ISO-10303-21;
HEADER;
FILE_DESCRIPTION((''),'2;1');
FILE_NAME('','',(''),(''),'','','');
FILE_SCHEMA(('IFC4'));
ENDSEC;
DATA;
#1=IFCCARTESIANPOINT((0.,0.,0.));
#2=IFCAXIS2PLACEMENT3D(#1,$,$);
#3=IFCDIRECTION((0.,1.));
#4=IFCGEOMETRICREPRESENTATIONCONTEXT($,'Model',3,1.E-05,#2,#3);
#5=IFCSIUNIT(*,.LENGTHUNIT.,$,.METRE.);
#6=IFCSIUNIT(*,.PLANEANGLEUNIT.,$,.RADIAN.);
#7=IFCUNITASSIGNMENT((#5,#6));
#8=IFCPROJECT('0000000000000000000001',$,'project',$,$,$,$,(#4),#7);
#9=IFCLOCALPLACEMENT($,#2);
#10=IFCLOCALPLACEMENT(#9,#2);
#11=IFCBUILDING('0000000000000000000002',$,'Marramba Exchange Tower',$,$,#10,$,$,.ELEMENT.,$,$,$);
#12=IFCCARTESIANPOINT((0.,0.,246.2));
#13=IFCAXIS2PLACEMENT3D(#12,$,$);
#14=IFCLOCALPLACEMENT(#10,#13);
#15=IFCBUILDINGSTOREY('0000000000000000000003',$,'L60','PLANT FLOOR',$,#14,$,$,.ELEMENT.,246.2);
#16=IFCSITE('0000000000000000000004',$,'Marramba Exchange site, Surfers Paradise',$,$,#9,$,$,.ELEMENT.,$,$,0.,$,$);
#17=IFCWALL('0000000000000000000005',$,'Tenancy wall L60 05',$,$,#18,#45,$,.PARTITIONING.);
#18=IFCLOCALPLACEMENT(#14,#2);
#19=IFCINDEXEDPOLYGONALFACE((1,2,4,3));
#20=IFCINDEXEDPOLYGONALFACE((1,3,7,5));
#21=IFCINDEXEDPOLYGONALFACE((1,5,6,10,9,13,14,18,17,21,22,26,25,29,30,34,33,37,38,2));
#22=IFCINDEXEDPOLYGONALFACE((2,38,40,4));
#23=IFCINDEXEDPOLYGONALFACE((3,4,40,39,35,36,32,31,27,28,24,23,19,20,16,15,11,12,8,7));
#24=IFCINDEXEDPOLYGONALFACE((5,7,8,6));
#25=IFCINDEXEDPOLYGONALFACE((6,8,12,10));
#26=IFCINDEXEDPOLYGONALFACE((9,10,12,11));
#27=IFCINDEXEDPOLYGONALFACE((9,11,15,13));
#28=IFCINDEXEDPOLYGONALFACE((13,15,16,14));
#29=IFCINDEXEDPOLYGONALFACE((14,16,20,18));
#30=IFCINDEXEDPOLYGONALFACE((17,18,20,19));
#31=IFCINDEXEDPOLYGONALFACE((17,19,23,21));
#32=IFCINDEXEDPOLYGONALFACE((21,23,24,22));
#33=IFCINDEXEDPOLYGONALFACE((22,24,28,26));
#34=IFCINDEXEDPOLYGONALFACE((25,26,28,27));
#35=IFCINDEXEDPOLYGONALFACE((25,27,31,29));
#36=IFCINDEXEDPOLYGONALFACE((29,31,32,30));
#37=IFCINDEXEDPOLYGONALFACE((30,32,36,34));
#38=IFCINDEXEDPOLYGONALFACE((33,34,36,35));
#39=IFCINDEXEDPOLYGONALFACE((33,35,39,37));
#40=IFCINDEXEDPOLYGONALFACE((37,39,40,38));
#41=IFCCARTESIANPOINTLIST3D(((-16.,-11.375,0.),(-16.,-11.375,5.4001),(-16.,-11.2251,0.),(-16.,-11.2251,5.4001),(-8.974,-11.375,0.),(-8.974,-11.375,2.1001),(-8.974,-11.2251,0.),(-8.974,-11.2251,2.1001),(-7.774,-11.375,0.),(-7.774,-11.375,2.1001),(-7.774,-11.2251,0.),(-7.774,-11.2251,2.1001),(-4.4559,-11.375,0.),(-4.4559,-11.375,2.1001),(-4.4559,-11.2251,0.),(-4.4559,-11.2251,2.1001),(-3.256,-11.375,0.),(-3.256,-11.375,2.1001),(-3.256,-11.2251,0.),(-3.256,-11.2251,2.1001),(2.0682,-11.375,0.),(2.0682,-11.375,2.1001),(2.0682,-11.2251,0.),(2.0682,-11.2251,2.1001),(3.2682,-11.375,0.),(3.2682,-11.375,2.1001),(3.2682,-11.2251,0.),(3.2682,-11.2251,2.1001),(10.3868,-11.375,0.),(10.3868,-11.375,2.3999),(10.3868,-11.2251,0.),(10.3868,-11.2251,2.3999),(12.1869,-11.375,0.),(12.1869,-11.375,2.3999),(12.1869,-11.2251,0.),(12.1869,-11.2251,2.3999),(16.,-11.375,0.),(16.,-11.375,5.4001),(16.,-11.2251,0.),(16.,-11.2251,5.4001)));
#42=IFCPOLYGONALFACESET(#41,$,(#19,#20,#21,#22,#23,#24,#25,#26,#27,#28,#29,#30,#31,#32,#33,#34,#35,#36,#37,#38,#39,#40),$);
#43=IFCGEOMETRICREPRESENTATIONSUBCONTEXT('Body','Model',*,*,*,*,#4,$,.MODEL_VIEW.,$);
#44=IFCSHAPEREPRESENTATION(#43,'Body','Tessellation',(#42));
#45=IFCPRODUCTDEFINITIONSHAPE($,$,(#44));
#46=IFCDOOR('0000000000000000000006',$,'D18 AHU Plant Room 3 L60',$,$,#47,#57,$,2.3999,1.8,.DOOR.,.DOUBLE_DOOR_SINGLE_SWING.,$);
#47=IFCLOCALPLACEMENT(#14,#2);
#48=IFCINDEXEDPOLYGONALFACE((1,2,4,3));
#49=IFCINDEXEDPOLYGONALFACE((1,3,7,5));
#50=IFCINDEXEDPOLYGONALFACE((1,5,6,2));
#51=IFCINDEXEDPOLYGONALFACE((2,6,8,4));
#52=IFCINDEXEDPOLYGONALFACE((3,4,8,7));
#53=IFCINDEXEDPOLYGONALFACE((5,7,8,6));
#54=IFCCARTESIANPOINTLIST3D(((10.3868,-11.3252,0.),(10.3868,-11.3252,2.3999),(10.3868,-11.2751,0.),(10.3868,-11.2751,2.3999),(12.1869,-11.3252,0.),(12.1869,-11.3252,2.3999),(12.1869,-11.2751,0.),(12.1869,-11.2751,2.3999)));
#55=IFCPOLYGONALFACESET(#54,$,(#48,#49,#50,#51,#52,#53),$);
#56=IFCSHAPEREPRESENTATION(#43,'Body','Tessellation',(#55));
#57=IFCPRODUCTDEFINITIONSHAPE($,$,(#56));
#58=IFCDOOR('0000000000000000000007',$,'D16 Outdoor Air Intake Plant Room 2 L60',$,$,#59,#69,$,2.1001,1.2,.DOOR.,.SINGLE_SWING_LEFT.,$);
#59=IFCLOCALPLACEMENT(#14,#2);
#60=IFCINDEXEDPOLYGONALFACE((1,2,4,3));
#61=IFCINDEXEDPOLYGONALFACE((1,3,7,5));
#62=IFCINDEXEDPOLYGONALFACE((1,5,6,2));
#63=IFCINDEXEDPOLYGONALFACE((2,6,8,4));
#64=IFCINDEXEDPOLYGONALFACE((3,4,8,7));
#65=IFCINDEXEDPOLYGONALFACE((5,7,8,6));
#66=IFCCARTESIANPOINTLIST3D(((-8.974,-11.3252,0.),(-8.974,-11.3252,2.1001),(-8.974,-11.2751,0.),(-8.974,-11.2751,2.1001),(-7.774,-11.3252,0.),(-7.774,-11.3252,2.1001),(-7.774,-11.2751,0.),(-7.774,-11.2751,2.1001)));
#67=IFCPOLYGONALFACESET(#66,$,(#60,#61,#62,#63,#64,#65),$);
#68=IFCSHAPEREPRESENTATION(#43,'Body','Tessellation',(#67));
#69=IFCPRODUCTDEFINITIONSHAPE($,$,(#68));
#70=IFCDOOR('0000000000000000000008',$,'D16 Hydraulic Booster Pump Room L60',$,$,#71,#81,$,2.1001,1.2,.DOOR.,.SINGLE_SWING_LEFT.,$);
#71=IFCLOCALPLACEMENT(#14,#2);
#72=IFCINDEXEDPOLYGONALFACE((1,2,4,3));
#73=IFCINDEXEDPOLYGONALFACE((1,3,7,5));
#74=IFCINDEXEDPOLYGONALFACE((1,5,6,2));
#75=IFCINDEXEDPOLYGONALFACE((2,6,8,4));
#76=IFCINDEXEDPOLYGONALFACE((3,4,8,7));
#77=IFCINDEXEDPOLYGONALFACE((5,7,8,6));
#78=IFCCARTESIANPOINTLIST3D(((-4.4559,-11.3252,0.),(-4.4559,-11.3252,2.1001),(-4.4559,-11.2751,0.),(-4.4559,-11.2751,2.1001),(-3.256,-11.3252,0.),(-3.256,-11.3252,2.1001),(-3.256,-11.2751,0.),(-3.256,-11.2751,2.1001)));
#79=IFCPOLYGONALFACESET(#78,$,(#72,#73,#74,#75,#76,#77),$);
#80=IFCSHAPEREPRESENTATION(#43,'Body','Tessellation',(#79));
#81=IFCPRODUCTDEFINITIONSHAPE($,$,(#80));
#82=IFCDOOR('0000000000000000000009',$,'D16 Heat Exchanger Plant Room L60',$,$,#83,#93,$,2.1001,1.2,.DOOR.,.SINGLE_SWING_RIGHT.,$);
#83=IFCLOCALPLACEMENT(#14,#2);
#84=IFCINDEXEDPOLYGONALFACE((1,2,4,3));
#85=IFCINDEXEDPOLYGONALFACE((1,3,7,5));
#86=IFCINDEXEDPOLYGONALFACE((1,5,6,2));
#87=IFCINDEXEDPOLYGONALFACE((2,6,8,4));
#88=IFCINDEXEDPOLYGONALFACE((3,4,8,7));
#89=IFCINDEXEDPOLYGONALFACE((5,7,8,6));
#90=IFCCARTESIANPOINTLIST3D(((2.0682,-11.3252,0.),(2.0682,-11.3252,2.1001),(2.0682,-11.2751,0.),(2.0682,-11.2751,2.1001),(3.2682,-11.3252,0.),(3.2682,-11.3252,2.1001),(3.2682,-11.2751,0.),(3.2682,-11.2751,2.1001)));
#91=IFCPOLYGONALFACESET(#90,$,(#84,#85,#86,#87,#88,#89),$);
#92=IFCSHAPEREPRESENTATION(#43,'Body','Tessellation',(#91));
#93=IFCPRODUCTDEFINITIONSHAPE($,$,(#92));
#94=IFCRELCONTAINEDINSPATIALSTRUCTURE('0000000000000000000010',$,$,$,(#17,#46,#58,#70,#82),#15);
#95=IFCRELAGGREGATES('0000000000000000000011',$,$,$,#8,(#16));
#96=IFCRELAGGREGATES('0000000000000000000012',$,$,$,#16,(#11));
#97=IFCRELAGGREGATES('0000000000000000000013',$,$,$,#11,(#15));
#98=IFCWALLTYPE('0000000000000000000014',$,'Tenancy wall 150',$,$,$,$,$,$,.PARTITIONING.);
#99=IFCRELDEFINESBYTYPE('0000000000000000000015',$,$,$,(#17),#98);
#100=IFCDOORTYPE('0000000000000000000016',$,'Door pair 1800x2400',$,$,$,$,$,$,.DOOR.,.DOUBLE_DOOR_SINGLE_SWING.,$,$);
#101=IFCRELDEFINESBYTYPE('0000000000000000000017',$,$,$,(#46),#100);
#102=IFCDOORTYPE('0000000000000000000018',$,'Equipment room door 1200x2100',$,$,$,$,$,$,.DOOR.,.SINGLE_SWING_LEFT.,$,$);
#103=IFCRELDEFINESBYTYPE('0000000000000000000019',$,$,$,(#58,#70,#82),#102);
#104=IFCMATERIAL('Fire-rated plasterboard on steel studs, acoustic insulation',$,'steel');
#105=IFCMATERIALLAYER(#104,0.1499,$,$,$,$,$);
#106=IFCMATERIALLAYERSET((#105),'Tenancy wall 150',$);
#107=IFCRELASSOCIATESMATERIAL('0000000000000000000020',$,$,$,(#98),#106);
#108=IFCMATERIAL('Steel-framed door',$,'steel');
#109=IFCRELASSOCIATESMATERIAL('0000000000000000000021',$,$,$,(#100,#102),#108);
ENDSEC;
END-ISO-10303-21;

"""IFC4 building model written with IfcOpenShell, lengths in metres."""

from ifc_helpers import new_model, si_unit, direction, frame, frame_2d, origin, place, context, subcontext, project, spatial, rectangle, extrude, material, layer, layer_set, type_object, element, fill, save


model = new_model("IFC4")

# Units and contexts
model_context = context("Model", 3, precision=1e-05, world=origin(), true_north=direction((0.0, 1.0)))
body_context = subcontext(model_context, "Body", "Model", "MODEL_VIEW")
ifc_project = project(units=[si_unit("LENGTHUNIT", "METRE"), si_unit("PLANEANGLEUNIT", "RADIAN")], contexts=[model_context])

# Site, building, storey
site_placement = place(None, origin())
site = spatial("IfcSite", under=ifc_project, at=site_placement, Name="Marramba Exchange site, Surfers Paradise", CompositionType="ELEMENT", RefElevation=0.0)
building_placement = place(site_placement, origin())
building = spatial("IfcBuilding", under=site, at=building_placement, Name="Marramba Exchange Tower", CompositionType="ELEMENT")
storey_placement = place(building_placement, frame((0.0, 0.0, 246.2)))
storey = spatial("IfcBuildingStorey", under=building, at=storey_placement, Name="L60", Description="PLANT FLOOR", CompositionType="ELEMENT", Elevation=246.2)

# Wall, openings, doors
ifc_material_1 = material(Name="Steel-framed door", Category="steel")
ifc_material_2 = material(Name="Fire-rated plasterboard on steel studs, acoustic insulation", Category="steel")
ifc_layer_1 = layer(ifc_material_2, 0.1499)
ifc_layer_set_1 = layer_set([ifc_layer_1], Name="Tenancy wall 150")
wall_type_1 = type_object("IfcWallType", Name="Tenancy wall 150", PredefinedType="PARTITIONING", material=ifc_layer_set_1)
wall_1_placement = place(storey_placement, frame((-16.0, -11.3, 0.0), z_axis=(0.0, 0.0, 1.0), x_axis=(1.0, 0.0, 0.0)))
wall_1 = element("IfcWall", 1, at=wall_1_placement, inside=storey, type_object=wall_type_1, Name="Tenancy wall L60 05", PredefinedType="PARTITIONING", context=body_context, shape_type="SweptSolid", body=[
    extrude(rectangle(XDim=32.0, YDim=0.1499, at=frame_2d((16.0, 0.0))), origin(), (0.0, 0.0, 1.0), 5.4001),
])
opening_1_placement = place(wall_1_placement, frame((7.0259, 0.0, 0.0)))
opening_1 = element("IfcOpeningElement", 2, at=opening_1_placement, cuts=wall_1, PredefinedType="OPENING", context=body_context, shape_type="SweptSolid", body=[
    extrude(rectangle(XDim=1.2, YDim=2.1001, at=frame_2d((0.6001, 1.05))), frame((0.0, 0.085, 0.0), z_axis=(0.0, -1.0, 0.0), x_axis=(1.0, 0.0, 0.0)), (0.0, 0.0, 1.0), 0.1699),
])
opening_2_placement = place(wall_1_placement, frame((11.5439, 0.0, 0.0)))
opening_2 = element("IfcOpeningElement", 3, at=opening_2_placement, cuts=wall_1, PredefinedType="OPENING", context=body_context, shape_type="SweptSolid", body=[
    extrude(rectangle(XDim=1.2, YDim=2.1001, at=frame_2d((0.6001, 1.05))), frame((0.0, 0.085, 0.0), z_axis=(0.0, -1.0, 0.0), x_axis=(1.0, 0.0, 0.0)), (0.0, 0.0, 1.0), 0.1699),
])
opening_3_placement = place(wall_1_placement, frame((18.0681, 0.0, 0.0)))
opening_3 = element("IfcOpeningElement", 4, at=opening_3_placement, cuts=wall_1, PredefinedType="OPENING", context=body_context, shape_type="SweptSolid", body=[
    extrude(rectangle(XDim=1.2, YDim=2.1001, at=frame_2d((0.6001, 1.05))), frame((0.0, 0.085, 0.0), z_axis=(0.0, -1.0, 0.0), x_axis=(1.0, 0.0, 0.0)), (0.0, 0.0, 1.0), 0.1699),
])
opening_4_placement = place(wall_1_placement, frame((26.387, 0.0, 0.0)))
opening_4 = element("IfcOpeningElement", 5, at=opening_4_placement, cuts=wall_1, PredefinedType="OPENING", context=body_context, shape_type="SweptSolid", body=[
    extrude(rectangle(XDim=1.8, YDim=2.3999, at=frame_2d((0.8999, 1.2))), frame((0.0, 0.085, 0.0), z_axis=(0.0, -1.0, 0.0), x_axis=(1.0, 0.0, 0.0)), (0.0, 0.0, 1.0), 0.1699),
])
door_type_1 = type_object("IfcDoorType", Name="Door pair 1800x2400", OperationType="DOUBLE_DOOR_SINGLE_SWING", PredefinedType="DOOR", material=ifc_material_1)
door_1_placement = place(opening_4_placement, origin())
door_1 = element("IfcDoor", 6, at=door_1_placement, inside=storey, type_object=door_type_1, Name="D18 AHU Plant Room 3 L60", OperationType="DOUBLE_DOOR_SINGLE_SWING", OverallHeight=2.3999, OverallWidth=1.8, PredefinedType="DOOR", context=body_context, shape_type="SweptSolid", body=[
    extrude(rectangle(XDim=1.8, YDim=2.3999, at=frame_2d((0.8999, 1.2))), frame((0.0, 0.0249, 0.0), z_axis=(0.0, -1.0, 0.0), x_axis=(1.0, 0.0, 0.0)), (0.0, 0.0, 1.0), 0.05),
])
fill(opening_4, door_1)
door_type_2 = type_object("IfcDoorType", Name="Equipment room door 1200x2100", OperationType="SINGLE_SWING_LEFT", PredefinedType="DOOR", material=ifc_material_1)
door_2_placement = place(opening_1_placement, frame((1.2, 0.0, 0.0), z_axis=(0.0, 0.0, 1.0), x_axis=(-1.0, 0.0, 0.0)))
door_2 = element("IfcDoor", 7, at=door_2_placement, inside=storey, type_object=door_type_2, Name="D16 Outdoor Air Intake Plant Room 2 L60", OperationType="SINGLE_SWING_LEFT", OverallHeight=2.1001, OverallWidth=1.2, PredefinedType="DOOR", context=body_context, shape_type="SweptSolid", body=[
    extrude(rectangle(XDim=1.2, YDim=2.1001, at=frame_2d((0.5999, 1.05))), frame((0.0, 0.0251, 0.0), z_axis=(0.0, -1.0, 0.0), x_axis=(1.0, 0.0, 0.0)), (0.0, 0.0, 1.0), 0.05),
])
fill(opening_1, door_2)
door_3_placement = place(opening_2_placement, origin())
door_3 = element("IfcDoor", 8, at=door_3_placement, inside=storey, type_object=door_type_2, Name="D16 Hydraulic Booster Pump Room L60", OperationType="SINGLE_SWING_LEFT", OverallHeight=2.1001, OverallWidth=1.2, PredefinedType="DOOR", context=body_context, shape_type="SweptSolid", body=[
    extrude(rectangle(XDim=1.2, YDim=2.1001, at=frame_2d((0.6001, 1.05))), frame((0.0, 0.0249, 0.0), z_axis=(0.0, -1.0, 0.0), x_axis=(1.0, 0.0, 0.0)), (0.0, 0.0, 1.0), 0.05),
])
fill(opening_2, door_3)
door_4_placement = place(opening_3_placement, origin())
door_4 = element("IfcDoor", 9, at=door_4_placement, inside=storey, type_object=door_type_2, Name="D16 Heat Exchanger Plant Room L60", OperationType="SINGLE_SWING_RIGHT", OverallHeight=2.1001, OverallWidth=1.2, PredefinedType="DOOR", context=body_context, shape_type="SweptSolid", body=[
    extrude(rectangle(XDim=1.2, YDim=2.1001, at=frame_2d((0.6001, 1.05))), frame((0.0, 0.0249, 0.0), z_axis=(0.0, -1.0, 0.0), x_axis=(1.0, 0.0, 0.0)), (0.0, 0.0, 1.0), 0.05),
])
fill(opening_3, door_4)

save(model, "model.ifc")
